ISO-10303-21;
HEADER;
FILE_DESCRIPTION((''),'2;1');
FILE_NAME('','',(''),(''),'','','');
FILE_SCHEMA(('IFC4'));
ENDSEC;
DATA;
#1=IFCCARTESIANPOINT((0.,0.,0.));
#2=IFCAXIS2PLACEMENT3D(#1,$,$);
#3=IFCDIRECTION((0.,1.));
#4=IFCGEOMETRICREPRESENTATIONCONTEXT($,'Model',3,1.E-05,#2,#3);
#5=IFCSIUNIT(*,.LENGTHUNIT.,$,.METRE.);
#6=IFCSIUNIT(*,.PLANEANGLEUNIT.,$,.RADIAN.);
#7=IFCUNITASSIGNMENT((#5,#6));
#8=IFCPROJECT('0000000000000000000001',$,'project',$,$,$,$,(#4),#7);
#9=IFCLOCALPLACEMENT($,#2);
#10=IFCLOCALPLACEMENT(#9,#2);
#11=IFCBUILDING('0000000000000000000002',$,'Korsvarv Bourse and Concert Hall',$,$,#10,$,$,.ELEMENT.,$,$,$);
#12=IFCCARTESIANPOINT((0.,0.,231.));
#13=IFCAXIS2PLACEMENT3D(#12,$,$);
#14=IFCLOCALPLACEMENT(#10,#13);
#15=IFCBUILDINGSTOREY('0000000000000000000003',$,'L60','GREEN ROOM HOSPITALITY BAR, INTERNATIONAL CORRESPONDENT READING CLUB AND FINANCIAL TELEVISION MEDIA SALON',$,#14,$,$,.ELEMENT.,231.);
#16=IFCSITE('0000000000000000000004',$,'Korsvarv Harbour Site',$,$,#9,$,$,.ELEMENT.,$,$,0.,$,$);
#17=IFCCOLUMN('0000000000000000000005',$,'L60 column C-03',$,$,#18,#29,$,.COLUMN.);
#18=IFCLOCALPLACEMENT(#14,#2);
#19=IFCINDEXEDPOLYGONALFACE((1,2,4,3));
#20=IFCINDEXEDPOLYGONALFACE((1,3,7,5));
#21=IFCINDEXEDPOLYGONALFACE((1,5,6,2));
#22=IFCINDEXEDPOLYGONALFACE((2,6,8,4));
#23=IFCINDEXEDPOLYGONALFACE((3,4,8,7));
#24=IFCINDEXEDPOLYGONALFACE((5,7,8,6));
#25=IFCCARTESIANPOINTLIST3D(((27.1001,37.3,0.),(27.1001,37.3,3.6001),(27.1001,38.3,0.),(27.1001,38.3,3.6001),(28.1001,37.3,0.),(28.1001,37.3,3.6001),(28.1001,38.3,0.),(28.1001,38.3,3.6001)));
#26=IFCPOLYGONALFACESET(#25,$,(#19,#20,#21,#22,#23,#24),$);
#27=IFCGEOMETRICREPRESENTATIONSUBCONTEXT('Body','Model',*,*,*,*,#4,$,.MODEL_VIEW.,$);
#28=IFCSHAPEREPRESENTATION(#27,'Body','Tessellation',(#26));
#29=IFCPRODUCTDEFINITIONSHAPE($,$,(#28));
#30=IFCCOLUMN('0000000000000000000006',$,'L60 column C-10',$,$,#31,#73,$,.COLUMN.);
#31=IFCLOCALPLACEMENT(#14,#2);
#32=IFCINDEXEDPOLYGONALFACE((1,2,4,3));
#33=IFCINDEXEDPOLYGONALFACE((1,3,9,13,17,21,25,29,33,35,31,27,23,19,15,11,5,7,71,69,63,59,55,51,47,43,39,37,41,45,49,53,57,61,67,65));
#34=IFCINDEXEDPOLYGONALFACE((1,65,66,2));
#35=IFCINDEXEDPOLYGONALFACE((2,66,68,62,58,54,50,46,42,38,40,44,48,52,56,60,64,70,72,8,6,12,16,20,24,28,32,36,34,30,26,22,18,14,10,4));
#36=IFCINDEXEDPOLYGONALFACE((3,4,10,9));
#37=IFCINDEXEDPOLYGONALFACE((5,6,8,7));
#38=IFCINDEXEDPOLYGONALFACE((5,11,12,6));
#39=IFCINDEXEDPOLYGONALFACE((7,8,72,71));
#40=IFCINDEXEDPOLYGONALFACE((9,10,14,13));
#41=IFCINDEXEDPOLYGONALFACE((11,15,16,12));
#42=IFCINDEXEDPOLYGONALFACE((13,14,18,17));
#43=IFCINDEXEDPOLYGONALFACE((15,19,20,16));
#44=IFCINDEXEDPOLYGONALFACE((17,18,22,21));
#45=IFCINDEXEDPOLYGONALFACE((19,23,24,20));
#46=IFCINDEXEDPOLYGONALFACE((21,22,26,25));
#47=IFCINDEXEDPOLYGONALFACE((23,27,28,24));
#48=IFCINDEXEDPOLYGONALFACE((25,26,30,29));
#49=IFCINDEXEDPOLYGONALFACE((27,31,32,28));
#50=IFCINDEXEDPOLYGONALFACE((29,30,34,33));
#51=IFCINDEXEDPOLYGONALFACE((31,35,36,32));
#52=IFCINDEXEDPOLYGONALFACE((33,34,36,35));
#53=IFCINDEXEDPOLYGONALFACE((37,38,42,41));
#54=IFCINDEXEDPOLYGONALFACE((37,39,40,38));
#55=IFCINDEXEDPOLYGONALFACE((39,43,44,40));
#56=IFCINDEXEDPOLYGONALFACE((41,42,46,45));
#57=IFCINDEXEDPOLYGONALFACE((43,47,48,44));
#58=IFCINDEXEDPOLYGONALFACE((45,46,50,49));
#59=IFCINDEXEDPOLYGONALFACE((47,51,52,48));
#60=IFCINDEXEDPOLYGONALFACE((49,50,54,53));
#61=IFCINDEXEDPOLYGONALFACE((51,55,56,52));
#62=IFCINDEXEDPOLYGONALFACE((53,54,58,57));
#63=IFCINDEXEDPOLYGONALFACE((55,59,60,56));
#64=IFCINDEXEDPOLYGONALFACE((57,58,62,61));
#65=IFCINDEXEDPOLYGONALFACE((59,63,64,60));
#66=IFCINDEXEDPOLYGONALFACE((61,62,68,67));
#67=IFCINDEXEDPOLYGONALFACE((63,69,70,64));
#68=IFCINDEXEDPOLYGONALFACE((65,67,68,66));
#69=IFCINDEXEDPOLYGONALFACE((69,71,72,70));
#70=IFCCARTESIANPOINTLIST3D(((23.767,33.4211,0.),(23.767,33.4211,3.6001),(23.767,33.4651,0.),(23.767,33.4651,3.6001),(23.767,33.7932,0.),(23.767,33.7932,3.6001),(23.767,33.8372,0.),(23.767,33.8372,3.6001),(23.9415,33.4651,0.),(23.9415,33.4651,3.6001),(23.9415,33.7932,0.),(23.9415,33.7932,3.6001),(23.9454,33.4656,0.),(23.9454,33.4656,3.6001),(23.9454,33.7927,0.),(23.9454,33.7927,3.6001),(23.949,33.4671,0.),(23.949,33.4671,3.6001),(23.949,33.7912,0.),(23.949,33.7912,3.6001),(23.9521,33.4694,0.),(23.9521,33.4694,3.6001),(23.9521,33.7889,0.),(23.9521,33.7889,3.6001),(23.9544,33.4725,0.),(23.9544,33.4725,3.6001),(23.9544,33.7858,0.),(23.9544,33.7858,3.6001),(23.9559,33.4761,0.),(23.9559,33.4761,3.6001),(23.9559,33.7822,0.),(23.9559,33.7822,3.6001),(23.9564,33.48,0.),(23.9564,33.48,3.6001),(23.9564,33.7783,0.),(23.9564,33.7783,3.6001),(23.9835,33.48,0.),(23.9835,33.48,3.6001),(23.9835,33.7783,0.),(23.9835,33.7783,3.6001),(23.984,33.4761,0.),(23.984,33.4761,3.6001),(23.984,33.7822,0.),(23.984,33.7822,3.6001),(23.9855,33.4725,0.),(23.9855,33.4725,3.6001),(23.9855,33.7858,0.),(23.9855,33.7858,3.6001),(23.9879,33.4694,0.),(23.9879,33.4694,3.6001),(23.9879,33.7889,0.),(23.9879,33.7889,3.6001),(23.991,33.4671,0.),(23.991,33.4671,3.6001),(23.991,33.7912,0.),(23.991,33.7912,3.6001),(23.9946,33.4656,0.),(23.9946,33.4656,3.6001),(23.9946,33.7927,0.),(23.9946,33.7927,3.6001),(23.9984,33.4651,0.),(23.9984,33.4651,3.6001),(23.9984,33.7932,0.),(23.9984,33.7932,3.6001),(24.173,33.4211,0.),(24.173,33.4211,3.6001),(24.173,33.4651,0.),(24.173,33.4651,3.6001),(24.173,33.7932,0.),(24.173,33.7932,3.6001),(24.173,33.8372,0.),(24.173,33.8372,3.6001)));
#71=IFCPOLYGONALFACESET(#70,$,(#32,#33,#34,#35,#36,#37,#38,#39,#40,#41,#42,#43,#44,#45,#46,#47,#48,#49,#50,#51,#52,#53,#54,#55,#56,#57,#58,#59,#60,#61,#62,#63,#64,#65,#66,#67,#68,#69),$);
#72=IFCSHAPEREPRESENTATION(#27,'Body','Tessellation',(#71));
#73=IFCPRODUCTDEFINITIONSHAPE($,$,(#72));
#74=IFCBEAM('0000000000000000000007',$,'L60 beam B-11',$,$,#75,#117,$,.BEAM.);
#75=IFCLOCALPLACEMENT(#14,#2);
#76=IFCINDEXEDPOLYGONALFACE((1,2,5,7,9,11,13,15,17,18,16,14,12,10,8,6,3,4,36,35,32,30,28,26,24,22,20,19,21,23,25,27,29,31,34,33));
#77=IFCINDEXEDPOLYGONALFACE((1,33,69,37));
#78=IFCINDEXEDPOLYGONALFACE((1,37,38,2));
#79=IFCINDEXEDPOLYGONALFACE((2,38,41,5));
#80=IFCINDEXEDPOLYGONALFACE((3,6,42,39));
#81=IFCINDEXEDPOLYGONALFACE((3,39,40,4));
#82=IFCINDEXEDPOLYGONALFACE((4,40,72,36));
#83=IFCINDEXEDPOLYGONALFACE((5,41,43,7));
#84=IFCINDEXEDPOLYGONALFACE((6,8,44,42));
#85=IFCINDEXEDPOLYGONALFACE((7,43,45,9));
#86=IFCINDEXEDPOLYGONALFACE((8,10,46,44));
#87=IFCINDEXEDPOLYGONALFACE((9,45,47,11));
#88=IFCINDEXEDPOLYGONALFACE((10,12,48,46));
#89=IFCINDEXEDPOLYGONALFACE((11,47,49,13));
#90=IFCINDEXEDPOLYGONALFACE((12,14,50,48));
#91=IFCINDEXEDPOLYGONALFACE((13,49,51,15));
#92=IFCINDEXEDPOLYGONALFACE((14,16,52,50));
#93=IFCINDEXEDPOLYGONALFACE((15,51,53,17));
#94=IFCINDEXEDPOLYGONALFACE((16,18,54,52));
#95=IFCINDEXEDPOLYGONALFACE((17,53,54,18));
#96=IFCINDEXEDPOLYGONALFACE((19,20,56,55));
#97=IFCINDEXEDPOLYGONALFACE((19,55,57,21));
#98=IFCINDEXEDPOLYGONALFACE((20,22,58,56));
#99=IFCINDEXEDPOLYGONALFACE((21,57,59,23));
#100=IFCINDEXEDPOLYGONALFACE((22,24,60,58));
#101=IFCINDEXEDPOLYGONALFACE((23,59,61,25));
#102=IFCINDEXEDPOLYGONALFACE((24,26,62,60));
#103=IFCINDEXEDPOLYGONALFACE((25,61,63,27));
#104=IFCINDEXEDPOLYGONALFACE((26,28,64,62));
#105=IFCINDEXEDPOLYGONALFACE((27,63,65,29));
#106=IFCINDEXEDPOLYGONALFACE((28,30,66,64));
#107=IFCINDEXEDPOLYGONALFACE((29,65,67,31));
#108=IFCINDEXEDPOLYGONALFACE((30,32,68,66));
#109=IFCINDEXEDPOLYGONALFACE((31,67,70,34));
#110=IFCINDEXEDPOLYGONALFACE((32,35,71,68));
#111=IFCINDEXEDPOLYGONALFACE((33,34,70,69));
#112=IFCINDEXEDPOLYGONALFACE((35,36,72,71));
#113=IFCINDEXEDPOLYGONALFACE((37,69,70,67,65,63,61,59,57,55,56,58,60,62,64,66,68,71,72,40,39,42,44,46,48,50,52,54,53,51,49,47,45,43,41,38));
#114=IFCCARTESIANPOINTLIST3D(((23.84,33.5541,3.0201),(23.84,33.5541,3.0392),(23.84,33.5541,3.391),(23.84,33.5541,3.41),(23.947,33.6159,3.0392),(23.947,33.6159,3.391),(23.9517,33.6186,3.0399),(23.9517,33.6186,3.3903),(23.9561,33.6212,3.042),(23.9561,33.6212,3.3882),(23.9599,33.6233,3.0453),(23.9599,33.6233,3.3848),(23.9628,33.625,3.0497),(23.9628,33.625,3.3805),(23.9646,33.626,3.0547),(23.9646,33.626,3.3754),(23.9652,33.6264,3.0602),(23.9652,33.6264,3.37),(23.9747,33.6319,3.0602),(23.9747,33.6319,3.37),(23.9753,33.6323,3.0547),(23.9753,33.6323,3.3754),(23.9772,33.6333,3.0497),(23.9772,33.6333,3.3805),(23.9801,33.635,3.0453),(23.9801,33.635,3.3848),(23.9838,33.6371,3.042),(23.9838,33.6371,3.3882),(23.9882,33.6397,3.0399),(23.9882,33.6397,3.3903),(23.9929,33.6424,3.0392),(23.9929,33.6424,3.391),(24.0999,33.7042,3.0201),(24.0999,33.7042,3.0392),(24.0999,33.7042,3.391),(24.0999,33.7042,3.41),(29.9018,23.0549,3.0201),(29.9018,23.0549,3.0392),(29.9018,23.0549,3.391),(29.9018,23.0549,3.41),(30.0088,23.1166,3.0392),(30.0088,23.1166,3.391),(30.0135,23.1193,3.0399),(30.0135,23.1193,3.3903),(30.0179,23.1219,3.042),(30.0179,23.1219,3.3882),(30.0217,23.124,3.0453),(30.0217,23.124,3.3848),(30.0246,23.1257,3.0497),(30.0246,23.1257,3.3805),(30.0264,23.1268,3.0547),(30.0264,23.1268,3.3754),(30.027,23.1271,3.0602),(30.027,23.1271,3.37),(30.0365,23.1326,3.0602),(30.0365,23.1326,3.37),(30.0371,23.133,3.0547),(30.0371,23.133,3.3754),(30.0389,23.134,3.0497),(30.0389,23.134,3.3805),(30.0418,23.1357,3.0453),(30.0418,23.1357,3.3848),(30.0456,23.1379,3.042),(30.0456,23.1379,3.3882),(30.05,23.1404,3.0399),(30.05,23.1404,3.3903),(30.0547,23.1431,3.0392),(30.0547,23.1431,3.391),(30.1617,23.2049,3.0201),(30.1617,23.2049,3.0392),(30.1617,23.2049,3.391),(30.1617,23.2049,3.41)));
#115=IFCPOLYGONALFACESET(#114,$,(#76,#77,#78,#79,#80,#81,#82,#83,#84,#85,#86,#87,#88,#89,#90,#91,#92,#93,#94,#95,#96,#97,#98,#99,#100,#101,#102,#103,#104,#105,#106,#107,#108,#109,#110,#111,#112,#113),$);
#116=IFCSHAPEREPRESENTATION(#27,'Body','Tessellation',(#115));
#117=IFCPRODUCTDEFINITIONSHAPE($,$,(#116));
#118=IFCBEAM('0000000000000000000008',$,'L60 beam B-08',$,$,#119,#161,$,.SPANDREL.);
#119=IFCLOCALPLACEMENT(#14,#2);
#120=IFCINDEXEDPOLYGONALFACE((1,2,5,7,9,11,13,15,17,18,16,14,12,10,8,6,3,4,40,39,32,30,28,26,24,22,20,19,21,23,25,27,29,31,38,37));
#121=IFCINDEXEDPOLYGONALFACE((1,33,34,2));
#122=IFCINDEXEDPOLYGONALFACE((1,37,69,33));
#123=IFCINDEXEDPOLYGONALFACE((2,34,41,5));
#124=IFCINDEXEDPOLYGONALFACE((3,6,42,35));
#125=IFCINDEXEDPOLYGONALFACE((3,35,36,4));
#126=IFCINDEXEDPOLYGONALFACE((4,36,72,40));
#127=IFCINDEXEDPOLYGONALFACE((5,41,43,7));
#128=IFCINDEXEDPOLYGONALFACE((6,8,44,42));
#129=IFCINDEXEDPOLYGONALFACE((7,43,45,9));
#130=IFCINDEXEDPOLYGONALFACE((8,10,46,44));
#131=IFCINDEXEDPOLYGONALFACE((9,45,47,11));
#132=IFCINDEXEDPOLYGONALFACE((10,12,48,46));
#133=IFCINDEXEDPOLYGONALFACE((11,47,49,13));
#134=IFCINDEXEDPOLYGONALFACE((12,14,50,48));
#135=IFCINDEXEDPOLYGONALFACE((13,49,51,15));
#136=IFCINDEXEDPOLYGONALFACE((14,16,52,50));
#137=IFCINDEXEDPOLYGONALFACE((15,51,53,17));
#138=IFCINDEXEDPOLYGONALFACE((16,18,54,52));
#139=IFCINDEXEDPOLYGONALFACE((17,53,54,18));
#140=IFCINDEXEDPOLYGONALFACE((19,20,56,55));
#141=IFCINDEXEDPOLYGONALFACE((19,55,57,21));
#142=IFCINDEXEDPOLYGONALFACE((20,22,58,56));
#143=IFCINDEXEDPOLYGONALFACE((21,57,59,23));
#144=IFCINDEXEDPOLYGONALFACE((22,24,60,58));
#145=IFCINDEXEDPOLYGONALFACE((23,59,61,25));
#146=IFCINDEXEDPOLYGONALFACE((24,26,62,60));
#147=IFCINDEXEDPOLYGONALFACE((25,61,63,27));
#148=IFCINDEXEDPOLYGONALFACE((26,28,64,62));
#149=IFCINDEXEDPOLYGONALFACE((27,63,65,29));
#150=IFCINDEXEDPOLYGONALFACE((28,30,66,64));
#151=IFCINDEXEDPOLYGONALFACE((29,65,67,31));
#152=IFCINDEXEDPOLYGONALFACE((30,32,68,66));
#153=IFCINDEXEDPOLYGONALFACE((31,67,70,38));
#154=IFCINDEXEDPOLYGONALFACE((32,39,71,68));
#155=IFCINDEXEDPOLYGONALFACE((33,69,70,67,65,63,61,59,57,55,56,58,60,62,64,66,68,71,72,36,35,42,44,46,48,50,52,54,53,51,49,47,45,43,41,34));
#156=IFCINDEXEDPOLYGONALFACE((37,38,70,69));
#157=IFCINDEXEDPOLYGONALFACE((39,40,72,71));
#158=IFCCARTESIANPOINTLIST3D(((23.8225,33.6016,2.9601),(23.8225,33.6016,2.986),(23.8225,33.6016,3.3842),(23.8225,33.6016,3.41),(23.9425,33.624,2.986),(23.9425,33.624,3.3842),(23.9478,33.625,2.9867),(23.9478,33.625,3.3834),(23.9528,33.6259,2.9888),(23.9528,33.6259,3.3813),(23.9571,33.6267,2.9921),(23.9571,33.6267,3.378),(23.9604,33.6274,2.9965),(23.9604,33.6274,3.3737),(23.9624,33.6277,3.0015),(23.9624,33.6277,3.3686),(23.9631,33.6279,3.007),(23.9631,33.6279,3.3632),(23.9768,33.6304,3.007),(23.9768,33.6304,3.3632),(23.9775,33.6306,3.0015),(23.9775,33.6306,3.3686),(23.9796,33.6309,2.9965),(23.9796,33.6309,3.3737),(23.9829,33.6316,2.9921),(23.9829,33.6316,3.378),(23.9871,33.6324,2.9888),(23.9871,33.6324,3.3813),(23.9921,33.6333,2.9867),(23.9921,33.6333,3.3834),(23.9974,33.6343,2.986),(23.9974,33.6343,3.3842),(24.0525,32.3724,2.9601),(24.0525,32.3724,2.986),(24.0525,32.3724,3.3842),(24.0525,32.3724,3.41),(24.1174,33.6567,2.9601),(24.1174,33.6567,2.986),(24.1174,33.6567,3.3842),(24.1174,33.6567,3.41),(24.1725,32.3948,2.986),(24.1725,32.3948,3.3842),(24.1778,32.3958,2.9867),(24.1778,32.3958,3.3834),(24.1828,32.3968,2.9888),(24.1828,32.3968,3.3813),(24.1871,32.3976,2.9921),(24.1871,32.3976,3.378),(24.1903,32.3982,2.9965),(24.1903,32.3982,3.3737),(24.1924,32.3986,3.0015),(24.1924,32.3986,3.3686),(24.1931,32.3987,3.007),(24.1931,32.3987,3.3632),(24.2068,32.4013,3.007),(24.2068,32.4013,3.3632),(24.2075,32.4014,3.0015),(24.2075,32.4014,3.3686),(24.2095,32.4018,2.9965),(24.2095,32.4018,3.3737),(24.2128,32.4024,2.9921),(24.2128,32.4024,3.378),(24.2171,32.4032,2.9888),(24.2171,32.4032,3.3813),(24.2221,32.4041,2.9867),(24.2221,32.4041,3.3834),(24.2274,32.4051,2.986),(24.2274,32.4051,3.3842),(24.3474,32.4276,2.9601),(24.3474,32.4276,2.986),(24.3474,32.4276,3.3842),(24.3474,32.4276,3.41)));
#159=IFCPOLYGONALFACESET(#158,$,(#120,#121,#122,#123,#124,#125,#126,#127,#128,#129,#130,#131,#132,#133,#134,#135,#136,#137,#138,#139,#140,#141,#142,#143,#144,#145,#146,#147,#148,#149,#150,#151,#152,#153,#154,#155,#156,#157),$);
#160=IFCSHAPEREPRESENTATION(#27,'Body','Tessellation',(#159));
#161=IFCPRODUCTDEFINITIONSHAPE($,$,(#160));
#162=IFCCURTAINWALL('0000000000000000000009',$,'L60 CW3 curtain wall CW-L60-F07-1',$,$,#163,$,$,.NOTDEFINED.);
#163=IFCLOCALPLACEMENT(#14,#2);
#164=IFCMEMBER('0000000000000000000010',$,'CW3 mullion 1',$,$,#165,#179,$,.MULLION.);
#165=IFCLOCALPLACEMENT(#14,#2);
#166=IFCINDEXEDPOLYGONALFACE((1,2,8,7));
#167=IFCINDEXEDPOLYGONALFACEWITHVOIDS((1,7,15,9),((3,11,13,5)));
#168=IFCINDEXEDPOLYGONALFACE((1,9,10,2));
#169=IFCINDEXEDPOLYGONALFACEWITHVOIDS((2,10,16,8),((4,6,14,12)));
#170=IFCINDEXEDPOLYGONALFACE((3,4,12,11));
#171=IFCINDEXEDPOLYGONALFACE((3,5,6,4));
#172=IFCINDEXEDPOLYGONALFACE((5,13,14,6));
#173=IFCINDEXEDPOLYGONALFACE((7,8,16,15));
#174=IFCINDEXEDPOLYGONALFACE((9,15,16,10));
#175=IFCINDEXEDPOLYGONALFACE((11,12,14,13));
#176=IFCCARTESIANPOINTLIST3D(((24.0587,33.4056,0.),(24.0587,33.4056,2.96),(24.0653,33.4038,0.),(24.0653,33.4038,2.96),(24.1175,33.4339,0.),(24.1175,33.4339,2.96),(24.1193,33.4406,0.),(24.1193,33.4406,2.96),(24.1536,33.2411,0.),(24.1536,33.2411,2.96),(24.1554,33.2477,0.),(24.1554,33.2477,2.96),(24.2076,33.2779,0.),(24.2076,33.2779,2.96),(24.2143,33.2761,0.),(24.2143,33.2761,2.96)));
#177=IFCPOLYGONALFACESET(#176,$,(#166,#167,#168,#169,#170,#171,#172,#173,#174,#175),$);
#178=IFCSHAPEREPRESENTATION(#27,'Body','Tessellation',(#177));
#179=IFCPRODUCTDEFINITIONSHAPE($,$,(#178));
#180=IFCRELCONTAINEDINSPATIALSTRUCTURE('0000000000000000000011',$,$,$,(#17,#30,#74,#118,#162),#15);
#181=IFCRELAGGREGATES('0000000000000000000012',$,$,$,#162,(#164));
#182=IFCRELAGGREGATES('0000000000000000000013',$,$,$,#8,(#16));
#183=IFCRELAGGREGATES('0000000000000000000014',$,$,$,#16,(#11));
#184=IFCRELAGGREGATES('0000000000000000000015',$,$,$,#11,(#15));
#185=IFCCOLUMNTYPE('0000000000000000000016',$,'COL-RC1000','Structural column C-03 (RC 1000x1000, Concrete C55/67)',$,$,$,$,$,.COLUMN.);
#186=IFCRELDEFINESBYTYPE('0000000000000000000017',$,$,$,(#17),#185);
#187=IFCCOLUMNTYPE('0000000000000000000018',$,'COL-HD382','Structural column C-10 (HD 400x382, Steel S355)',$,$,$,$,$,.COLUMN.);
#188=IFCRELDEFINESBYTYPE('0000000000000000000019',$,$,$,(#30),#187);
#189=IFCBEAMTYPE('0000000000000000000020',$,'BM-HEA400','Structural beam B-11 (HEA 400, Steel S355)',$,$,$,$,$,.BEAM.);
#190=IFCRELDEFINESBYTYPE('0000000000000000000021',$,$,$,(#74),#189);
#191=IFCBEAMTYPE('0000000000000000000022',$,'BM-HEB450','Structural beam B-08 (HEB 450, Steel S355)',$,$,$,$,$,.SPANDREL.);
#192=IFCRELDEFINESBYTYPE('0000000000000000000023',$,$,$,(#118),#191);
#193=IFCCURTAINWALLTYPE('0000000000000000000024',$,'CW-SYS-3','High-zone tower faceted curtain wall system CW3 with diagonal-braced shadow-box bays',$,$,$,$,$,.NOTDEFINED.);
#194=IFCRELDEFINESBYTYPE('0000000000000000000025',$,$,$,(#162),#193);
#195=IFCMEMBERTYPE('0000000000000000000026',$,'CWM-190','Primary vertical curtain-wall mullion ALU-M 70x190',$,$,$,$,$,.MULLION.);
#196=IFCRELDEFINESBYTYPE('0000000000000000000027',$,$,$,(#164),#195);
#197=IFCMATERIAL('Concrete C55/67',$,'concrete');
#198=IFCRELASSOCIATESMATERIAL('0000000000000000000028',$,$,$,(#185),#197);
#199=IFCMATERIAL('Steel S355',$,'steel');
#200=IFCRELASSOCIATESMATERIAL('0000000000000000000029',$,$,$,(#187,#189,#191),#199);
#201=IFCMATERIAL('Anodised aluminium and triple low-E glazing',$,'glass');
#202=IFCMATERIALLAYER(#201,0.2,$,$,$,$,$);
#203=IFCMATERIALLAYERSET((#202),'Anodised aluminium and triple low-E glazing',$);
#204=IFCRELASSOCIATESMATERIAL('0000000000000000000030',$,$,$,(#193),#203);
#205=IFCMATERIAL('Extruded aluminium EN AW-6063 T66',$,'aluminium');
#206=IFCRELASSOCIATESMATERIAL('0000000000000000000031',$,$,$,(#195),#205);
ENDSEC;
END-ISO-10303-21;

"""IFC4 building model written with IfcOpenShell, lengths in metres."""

from ifc_helpers import new_model, si_unit, direction, frame, origin, origin_2d, place, context, subcontext, project, spatial, rectangle, hollow_rectangle, i_section, extrude, source, transform, mapped, material, layer, layer_set, material_profile, profile_set, type_object, element, aggregate, save


model = new_model("IFC4")

# Units and contexts
model_context = context("Model", 3, precision=1e-05, world=origin(), true_north=direction((0.0, 1.0)))
body_context = subcontext(model_context, "Body", "Model", "MODEL_VIEW")
ifc_project = project(units=[si_unit("LENGTHUNIT", "METRE"), si_unit("PLANEANGLEUNIT", "RADIAN")], contexts=[model_context])

# Site, building, storey
site_placement = place(None, origin())
site = spatial("IfcSite", under=ifc_project, at=site_placement, Name="Korsvarv Harbour Site", CompositionType="ELEMENT", RefElevation=0.0)
building_placement = place(site_placement, origin())
building = spatial("IfcBuilding", under=site, at=building_placement, Name="Korsvarv Bourse and Concert Hall", CompositionType="ELEMENT")
storey_placement = place(building_placement, frame((0.0, 0.0, 231.0)))
storey = spatial("IfcBuildingStorey", under=building, at=storey_placement, Name="L60", Description="GREEN ROOM HOSPITALITY BAR, INTERNATIONAL CORRESPONDENT READING CLUB AND FINANCIAL TELEVISION MEDIA SALON", CompositionType="ELEMENT", Elevation=231.0)

# Columns
ifc_material_1 = material(Name="Concrete C55/67", Category="concrete")
ifc_material_profile_1 = material_profile(ifc_material_1, rectangle(XDim=1.0, YDim=1.0, at=origin_2d()), Name="RC 1000x1000")
ifc_profile_set_1 = profile_set([ifc_material_profile_1], Name="Concrete C55/67")
column_type_1 = type_object("IfcColumnType", Name="COL-RC1000", Description="Structural column C-03 (RC 1000x1000, Concrete C55/67)", PredefinedType="COLUMN", material=ifc_profile_set_1)
shared_shape_1 = source(origin(), body_context, "Body", "SweptSolid", [
    extrude(rectangle(XDim=1.0, YDim=1.0, at=origin_2d()), origin(), (0.0, 0.0, 1.0), 3.6001),
])
column_1_placement = place(storey_placement, frame((27.6001, 37.8, 0.0), z_axis=(0.0, 0.0, 1.0), x_axis=(1.0, 0.0, 0.0)))
element("IfcColumn", 1, at=column_1_placement, inside=storey, type_object=column_type_1, Name="L60 column C-03", PredefinedType="COLUMN", context=body_context, shape_type="MappedRepresentation", body=[
    mapped(shared_shape_1, transform((0.0, 0.0, 0.0), scale=1.0)),
])
ifc_material_2 = material(Name="Steel S355", Category="steel")
ifc_material_profile_2 = material_profile(ifc_material_2, i_section(OverallWidth=0.406, OverallDepth=0.416, WebThickness=0.0271, FlangeThickness=0.0439, FilletRadius=0.0149, at=origin_2d()), Name="HD 400x382")
ifc_profile_set_2 = profile_set([ifc_material_profile_2], Name="Steel S355")
column_type_2 = type_object("IfcColumnType", Name="COL-HD382", Description="Structural column C-10 (HD 400x382, Steel S355)", PredefinedType="COLUMN", material=ifc_profile_set_2)
shared_shape_2 = source(origin(), body_context, "Body", "SweptSolid", [
    extrude(i_section(OverallWidth=0.406, OverallDepth=0.416, WebThickness=0.0271, FlangeThickness=0.0439, FilletRadius=0.0149, at=origin_2d()), origin(), (0.0, 0.0, 1.0), 3.6001),
])
column_2_placement = place(storey_placement, frame((23.97, 33.6292, 0.0), z_axis=(0.0, 0.0, 1.0), x_axis=(1.0, 0.0, 0.0)))
element("IfcColumn", 2, at=column_2_placement, inside=storey, type_object=column_type_2, Name="L60 column C-10", PredefinedType="COLUMN", context=body_context, shape_type="MappedRepresentation", body=[
    mapped(shared_shape_2, transform((0.0, 0.0, 0.0), scale=1.0)),
])

# Beams
ifc_material_profile_3 = material_profile(ifc_material_2, i_section(OverallWidth=0.3, OverallDepth=0.3899, WebThickness=0.011, FlangeThickness=0.019, FilletRadius=0.021, at=origin_2d()), Name="HEA 400")
ifc_profile_set_3 = profile_set([ifc_material_profile_3], Name="Steel S355")
beam_type_1 = type_object("IfcBeamType", Name="BM-HEA400", Description="Structural beam B-11 (HEA 400, Steel S355)", PredefinedType="BEAM", material=ifc_profile_set_3)
shared_shape_3 = source(origin(), body_context, "Body", "SweptSolid", [
    extrude(i_section(OverallWidth=0.3, OverallDepth=0.3899, WebThickness=0.011, FlangeThickness=0.019, FilletRadius=0.021, at=origin_2d()), origin(), (0.0, 0.0, 1.0), 12.1235),
])
beam_1_placement = place(storey_placement, frame((23.97, 33.6292, 3.2151), z_axis=(0.500001, -0.866025, 0.0), x_axis=(0.866025, 0.500001, 0.0)))
element("IfcBeam", 3, at=beam_1_placement, inside=storey, type_object=beam_type_1, Name="L60 beam B-11", PredefinedType="BEAM", context=body_context, shape_type="MappedRepresentation", body=[
    mapped(shared_shape_3, transform((0.0, 0.0, 0.0), scale=1.0)),
])
ifc_material_profile_4 = material_profile(ifc_material_2, i_section(OverallWidth=0.3, OverallDepth=0.45, WebThickness=0.0139, FlangeThickness=0.0259, FilletRadius=0.021, at=origin_2d()), Name="HEB 450")
ifc_profile_set_4 = profile_set([ifc_material_profile_4], Name="Steel S355")
beam_type_2 = type_object("IfcBeamType", Name="BM-HEB450", Description="Structural beam B-08 (HEB 450, Steel S355)", PredefinedType="SPANDREL", material=ifc_profile_set_4)
shared_shape_4 = source(origin(), body_context, "Body", "SweptSolid", [
    extrude(i_section(OverallWidth=0.3, OverallDepth=0.45, WebThickness=0.0139, FlangeThickness=0.0259, FilletRadius=0.021, at=origin_2d()), origin(), (0.0, 0.0, 1.0), 1.2505),
])
beam_2_placement = place(storey_placement, frame((23.97, 33.6292, 3.1851), z_axis=(0.1839, -0.982945, 0.0), x_axis=(0.982945, 0.1839, 0.0)))
element("IfcBeam", 4, at=beam_2_placement, inside=storey, type_object=beam_type_2, Name="L60 beam B-08", PredefinedType="SPANDREL", context=body_context, shape_type="MappedRepresentation", body=[
    mapped(shared_shape_4, transform((0.0, 0.0, 0.0), scale=1.0)),
])

# Curtain wall, member
ifc_material_3 = material(Name="Anodised aluminium and triple low-E glazing", Category="glass")
ifc_layer_1 = layer(ifc_material_3, 0.2)
ifc_layer_set_1 = layer_set([ifc_layer_1], Name="Anodised aluminium and triple low-E glazing")
curtain_wall_type = type_object("IfcCurtainWallType", Name="CW-SYS-3", Description="High-zone tower faceted curtain wall system CW3 with diagonal-braced shadow-box bays", PredefinedType="NOTDEFINED", material=ifc_layer_set_1)
curtain_wall_placement = place(storey_placement, origin())
curtain_wall = element("IfcCurtainWall", 5, at=curtain_wall_placement, inside=storey, type_object=curtain_wall_type, Name="L60 CW3 curtain wall CW-L60-F07-1", PredefinedType="NOTDEFINED")
ifc_material_4 = material(Name="Extruded aluminium EN AW-6063 T66", Category="aluminium")
ifc_material_profile_5 = material_profile(ifc_material_4, hollow_rectangle(XDim=0.0701, YDim=0.1899, WallThickness=0.0049, at=origin_2d()), Name="ALU-M 70x190")
ifc_profile_set_5 = profile_set([ifc_material_profile_5], Name="Extruded aluminium EN AW-6063 T66")
member_type_1 = type_object("IfcMemberType", Name="CWM-190", Description="Primary vertical curtain-wall mullion ALU-M 70x190", PredefinedType="MULLION", material=ifc_profile_set_5)
shared_shape_5 = source(origin(), body_context, "Body", "SweptSolid", [
    extrude(hollow_rectangle(XDim=0.0701, YDim=0.1899, WallThickness=0.0049, at=origin_2d()), origin(), (0.0, 0.0, 1.0), 2.96),
])
member_1_placement = place(storey_placement, frame((24.1365, 33.3408, 0.0), z_axis=(0.0, 0.0, 1.0), x_axis=(0.866045, 0.499966, 0.0)))
member_1 = element("IfcMember", 6, at=member_1_placement, type_object=member_type_1, Name="CW3 mullion 1", PredefinedType="MULLION", context=body_context, shape_type="MappedRepresentation", body=[
    mapped(shared_shape_5, transform((0.0, 0.0, 0.0), scale=1.0)),
])
aggregate(curtain_wall, [member_1])

save(model, "model.ifc")
